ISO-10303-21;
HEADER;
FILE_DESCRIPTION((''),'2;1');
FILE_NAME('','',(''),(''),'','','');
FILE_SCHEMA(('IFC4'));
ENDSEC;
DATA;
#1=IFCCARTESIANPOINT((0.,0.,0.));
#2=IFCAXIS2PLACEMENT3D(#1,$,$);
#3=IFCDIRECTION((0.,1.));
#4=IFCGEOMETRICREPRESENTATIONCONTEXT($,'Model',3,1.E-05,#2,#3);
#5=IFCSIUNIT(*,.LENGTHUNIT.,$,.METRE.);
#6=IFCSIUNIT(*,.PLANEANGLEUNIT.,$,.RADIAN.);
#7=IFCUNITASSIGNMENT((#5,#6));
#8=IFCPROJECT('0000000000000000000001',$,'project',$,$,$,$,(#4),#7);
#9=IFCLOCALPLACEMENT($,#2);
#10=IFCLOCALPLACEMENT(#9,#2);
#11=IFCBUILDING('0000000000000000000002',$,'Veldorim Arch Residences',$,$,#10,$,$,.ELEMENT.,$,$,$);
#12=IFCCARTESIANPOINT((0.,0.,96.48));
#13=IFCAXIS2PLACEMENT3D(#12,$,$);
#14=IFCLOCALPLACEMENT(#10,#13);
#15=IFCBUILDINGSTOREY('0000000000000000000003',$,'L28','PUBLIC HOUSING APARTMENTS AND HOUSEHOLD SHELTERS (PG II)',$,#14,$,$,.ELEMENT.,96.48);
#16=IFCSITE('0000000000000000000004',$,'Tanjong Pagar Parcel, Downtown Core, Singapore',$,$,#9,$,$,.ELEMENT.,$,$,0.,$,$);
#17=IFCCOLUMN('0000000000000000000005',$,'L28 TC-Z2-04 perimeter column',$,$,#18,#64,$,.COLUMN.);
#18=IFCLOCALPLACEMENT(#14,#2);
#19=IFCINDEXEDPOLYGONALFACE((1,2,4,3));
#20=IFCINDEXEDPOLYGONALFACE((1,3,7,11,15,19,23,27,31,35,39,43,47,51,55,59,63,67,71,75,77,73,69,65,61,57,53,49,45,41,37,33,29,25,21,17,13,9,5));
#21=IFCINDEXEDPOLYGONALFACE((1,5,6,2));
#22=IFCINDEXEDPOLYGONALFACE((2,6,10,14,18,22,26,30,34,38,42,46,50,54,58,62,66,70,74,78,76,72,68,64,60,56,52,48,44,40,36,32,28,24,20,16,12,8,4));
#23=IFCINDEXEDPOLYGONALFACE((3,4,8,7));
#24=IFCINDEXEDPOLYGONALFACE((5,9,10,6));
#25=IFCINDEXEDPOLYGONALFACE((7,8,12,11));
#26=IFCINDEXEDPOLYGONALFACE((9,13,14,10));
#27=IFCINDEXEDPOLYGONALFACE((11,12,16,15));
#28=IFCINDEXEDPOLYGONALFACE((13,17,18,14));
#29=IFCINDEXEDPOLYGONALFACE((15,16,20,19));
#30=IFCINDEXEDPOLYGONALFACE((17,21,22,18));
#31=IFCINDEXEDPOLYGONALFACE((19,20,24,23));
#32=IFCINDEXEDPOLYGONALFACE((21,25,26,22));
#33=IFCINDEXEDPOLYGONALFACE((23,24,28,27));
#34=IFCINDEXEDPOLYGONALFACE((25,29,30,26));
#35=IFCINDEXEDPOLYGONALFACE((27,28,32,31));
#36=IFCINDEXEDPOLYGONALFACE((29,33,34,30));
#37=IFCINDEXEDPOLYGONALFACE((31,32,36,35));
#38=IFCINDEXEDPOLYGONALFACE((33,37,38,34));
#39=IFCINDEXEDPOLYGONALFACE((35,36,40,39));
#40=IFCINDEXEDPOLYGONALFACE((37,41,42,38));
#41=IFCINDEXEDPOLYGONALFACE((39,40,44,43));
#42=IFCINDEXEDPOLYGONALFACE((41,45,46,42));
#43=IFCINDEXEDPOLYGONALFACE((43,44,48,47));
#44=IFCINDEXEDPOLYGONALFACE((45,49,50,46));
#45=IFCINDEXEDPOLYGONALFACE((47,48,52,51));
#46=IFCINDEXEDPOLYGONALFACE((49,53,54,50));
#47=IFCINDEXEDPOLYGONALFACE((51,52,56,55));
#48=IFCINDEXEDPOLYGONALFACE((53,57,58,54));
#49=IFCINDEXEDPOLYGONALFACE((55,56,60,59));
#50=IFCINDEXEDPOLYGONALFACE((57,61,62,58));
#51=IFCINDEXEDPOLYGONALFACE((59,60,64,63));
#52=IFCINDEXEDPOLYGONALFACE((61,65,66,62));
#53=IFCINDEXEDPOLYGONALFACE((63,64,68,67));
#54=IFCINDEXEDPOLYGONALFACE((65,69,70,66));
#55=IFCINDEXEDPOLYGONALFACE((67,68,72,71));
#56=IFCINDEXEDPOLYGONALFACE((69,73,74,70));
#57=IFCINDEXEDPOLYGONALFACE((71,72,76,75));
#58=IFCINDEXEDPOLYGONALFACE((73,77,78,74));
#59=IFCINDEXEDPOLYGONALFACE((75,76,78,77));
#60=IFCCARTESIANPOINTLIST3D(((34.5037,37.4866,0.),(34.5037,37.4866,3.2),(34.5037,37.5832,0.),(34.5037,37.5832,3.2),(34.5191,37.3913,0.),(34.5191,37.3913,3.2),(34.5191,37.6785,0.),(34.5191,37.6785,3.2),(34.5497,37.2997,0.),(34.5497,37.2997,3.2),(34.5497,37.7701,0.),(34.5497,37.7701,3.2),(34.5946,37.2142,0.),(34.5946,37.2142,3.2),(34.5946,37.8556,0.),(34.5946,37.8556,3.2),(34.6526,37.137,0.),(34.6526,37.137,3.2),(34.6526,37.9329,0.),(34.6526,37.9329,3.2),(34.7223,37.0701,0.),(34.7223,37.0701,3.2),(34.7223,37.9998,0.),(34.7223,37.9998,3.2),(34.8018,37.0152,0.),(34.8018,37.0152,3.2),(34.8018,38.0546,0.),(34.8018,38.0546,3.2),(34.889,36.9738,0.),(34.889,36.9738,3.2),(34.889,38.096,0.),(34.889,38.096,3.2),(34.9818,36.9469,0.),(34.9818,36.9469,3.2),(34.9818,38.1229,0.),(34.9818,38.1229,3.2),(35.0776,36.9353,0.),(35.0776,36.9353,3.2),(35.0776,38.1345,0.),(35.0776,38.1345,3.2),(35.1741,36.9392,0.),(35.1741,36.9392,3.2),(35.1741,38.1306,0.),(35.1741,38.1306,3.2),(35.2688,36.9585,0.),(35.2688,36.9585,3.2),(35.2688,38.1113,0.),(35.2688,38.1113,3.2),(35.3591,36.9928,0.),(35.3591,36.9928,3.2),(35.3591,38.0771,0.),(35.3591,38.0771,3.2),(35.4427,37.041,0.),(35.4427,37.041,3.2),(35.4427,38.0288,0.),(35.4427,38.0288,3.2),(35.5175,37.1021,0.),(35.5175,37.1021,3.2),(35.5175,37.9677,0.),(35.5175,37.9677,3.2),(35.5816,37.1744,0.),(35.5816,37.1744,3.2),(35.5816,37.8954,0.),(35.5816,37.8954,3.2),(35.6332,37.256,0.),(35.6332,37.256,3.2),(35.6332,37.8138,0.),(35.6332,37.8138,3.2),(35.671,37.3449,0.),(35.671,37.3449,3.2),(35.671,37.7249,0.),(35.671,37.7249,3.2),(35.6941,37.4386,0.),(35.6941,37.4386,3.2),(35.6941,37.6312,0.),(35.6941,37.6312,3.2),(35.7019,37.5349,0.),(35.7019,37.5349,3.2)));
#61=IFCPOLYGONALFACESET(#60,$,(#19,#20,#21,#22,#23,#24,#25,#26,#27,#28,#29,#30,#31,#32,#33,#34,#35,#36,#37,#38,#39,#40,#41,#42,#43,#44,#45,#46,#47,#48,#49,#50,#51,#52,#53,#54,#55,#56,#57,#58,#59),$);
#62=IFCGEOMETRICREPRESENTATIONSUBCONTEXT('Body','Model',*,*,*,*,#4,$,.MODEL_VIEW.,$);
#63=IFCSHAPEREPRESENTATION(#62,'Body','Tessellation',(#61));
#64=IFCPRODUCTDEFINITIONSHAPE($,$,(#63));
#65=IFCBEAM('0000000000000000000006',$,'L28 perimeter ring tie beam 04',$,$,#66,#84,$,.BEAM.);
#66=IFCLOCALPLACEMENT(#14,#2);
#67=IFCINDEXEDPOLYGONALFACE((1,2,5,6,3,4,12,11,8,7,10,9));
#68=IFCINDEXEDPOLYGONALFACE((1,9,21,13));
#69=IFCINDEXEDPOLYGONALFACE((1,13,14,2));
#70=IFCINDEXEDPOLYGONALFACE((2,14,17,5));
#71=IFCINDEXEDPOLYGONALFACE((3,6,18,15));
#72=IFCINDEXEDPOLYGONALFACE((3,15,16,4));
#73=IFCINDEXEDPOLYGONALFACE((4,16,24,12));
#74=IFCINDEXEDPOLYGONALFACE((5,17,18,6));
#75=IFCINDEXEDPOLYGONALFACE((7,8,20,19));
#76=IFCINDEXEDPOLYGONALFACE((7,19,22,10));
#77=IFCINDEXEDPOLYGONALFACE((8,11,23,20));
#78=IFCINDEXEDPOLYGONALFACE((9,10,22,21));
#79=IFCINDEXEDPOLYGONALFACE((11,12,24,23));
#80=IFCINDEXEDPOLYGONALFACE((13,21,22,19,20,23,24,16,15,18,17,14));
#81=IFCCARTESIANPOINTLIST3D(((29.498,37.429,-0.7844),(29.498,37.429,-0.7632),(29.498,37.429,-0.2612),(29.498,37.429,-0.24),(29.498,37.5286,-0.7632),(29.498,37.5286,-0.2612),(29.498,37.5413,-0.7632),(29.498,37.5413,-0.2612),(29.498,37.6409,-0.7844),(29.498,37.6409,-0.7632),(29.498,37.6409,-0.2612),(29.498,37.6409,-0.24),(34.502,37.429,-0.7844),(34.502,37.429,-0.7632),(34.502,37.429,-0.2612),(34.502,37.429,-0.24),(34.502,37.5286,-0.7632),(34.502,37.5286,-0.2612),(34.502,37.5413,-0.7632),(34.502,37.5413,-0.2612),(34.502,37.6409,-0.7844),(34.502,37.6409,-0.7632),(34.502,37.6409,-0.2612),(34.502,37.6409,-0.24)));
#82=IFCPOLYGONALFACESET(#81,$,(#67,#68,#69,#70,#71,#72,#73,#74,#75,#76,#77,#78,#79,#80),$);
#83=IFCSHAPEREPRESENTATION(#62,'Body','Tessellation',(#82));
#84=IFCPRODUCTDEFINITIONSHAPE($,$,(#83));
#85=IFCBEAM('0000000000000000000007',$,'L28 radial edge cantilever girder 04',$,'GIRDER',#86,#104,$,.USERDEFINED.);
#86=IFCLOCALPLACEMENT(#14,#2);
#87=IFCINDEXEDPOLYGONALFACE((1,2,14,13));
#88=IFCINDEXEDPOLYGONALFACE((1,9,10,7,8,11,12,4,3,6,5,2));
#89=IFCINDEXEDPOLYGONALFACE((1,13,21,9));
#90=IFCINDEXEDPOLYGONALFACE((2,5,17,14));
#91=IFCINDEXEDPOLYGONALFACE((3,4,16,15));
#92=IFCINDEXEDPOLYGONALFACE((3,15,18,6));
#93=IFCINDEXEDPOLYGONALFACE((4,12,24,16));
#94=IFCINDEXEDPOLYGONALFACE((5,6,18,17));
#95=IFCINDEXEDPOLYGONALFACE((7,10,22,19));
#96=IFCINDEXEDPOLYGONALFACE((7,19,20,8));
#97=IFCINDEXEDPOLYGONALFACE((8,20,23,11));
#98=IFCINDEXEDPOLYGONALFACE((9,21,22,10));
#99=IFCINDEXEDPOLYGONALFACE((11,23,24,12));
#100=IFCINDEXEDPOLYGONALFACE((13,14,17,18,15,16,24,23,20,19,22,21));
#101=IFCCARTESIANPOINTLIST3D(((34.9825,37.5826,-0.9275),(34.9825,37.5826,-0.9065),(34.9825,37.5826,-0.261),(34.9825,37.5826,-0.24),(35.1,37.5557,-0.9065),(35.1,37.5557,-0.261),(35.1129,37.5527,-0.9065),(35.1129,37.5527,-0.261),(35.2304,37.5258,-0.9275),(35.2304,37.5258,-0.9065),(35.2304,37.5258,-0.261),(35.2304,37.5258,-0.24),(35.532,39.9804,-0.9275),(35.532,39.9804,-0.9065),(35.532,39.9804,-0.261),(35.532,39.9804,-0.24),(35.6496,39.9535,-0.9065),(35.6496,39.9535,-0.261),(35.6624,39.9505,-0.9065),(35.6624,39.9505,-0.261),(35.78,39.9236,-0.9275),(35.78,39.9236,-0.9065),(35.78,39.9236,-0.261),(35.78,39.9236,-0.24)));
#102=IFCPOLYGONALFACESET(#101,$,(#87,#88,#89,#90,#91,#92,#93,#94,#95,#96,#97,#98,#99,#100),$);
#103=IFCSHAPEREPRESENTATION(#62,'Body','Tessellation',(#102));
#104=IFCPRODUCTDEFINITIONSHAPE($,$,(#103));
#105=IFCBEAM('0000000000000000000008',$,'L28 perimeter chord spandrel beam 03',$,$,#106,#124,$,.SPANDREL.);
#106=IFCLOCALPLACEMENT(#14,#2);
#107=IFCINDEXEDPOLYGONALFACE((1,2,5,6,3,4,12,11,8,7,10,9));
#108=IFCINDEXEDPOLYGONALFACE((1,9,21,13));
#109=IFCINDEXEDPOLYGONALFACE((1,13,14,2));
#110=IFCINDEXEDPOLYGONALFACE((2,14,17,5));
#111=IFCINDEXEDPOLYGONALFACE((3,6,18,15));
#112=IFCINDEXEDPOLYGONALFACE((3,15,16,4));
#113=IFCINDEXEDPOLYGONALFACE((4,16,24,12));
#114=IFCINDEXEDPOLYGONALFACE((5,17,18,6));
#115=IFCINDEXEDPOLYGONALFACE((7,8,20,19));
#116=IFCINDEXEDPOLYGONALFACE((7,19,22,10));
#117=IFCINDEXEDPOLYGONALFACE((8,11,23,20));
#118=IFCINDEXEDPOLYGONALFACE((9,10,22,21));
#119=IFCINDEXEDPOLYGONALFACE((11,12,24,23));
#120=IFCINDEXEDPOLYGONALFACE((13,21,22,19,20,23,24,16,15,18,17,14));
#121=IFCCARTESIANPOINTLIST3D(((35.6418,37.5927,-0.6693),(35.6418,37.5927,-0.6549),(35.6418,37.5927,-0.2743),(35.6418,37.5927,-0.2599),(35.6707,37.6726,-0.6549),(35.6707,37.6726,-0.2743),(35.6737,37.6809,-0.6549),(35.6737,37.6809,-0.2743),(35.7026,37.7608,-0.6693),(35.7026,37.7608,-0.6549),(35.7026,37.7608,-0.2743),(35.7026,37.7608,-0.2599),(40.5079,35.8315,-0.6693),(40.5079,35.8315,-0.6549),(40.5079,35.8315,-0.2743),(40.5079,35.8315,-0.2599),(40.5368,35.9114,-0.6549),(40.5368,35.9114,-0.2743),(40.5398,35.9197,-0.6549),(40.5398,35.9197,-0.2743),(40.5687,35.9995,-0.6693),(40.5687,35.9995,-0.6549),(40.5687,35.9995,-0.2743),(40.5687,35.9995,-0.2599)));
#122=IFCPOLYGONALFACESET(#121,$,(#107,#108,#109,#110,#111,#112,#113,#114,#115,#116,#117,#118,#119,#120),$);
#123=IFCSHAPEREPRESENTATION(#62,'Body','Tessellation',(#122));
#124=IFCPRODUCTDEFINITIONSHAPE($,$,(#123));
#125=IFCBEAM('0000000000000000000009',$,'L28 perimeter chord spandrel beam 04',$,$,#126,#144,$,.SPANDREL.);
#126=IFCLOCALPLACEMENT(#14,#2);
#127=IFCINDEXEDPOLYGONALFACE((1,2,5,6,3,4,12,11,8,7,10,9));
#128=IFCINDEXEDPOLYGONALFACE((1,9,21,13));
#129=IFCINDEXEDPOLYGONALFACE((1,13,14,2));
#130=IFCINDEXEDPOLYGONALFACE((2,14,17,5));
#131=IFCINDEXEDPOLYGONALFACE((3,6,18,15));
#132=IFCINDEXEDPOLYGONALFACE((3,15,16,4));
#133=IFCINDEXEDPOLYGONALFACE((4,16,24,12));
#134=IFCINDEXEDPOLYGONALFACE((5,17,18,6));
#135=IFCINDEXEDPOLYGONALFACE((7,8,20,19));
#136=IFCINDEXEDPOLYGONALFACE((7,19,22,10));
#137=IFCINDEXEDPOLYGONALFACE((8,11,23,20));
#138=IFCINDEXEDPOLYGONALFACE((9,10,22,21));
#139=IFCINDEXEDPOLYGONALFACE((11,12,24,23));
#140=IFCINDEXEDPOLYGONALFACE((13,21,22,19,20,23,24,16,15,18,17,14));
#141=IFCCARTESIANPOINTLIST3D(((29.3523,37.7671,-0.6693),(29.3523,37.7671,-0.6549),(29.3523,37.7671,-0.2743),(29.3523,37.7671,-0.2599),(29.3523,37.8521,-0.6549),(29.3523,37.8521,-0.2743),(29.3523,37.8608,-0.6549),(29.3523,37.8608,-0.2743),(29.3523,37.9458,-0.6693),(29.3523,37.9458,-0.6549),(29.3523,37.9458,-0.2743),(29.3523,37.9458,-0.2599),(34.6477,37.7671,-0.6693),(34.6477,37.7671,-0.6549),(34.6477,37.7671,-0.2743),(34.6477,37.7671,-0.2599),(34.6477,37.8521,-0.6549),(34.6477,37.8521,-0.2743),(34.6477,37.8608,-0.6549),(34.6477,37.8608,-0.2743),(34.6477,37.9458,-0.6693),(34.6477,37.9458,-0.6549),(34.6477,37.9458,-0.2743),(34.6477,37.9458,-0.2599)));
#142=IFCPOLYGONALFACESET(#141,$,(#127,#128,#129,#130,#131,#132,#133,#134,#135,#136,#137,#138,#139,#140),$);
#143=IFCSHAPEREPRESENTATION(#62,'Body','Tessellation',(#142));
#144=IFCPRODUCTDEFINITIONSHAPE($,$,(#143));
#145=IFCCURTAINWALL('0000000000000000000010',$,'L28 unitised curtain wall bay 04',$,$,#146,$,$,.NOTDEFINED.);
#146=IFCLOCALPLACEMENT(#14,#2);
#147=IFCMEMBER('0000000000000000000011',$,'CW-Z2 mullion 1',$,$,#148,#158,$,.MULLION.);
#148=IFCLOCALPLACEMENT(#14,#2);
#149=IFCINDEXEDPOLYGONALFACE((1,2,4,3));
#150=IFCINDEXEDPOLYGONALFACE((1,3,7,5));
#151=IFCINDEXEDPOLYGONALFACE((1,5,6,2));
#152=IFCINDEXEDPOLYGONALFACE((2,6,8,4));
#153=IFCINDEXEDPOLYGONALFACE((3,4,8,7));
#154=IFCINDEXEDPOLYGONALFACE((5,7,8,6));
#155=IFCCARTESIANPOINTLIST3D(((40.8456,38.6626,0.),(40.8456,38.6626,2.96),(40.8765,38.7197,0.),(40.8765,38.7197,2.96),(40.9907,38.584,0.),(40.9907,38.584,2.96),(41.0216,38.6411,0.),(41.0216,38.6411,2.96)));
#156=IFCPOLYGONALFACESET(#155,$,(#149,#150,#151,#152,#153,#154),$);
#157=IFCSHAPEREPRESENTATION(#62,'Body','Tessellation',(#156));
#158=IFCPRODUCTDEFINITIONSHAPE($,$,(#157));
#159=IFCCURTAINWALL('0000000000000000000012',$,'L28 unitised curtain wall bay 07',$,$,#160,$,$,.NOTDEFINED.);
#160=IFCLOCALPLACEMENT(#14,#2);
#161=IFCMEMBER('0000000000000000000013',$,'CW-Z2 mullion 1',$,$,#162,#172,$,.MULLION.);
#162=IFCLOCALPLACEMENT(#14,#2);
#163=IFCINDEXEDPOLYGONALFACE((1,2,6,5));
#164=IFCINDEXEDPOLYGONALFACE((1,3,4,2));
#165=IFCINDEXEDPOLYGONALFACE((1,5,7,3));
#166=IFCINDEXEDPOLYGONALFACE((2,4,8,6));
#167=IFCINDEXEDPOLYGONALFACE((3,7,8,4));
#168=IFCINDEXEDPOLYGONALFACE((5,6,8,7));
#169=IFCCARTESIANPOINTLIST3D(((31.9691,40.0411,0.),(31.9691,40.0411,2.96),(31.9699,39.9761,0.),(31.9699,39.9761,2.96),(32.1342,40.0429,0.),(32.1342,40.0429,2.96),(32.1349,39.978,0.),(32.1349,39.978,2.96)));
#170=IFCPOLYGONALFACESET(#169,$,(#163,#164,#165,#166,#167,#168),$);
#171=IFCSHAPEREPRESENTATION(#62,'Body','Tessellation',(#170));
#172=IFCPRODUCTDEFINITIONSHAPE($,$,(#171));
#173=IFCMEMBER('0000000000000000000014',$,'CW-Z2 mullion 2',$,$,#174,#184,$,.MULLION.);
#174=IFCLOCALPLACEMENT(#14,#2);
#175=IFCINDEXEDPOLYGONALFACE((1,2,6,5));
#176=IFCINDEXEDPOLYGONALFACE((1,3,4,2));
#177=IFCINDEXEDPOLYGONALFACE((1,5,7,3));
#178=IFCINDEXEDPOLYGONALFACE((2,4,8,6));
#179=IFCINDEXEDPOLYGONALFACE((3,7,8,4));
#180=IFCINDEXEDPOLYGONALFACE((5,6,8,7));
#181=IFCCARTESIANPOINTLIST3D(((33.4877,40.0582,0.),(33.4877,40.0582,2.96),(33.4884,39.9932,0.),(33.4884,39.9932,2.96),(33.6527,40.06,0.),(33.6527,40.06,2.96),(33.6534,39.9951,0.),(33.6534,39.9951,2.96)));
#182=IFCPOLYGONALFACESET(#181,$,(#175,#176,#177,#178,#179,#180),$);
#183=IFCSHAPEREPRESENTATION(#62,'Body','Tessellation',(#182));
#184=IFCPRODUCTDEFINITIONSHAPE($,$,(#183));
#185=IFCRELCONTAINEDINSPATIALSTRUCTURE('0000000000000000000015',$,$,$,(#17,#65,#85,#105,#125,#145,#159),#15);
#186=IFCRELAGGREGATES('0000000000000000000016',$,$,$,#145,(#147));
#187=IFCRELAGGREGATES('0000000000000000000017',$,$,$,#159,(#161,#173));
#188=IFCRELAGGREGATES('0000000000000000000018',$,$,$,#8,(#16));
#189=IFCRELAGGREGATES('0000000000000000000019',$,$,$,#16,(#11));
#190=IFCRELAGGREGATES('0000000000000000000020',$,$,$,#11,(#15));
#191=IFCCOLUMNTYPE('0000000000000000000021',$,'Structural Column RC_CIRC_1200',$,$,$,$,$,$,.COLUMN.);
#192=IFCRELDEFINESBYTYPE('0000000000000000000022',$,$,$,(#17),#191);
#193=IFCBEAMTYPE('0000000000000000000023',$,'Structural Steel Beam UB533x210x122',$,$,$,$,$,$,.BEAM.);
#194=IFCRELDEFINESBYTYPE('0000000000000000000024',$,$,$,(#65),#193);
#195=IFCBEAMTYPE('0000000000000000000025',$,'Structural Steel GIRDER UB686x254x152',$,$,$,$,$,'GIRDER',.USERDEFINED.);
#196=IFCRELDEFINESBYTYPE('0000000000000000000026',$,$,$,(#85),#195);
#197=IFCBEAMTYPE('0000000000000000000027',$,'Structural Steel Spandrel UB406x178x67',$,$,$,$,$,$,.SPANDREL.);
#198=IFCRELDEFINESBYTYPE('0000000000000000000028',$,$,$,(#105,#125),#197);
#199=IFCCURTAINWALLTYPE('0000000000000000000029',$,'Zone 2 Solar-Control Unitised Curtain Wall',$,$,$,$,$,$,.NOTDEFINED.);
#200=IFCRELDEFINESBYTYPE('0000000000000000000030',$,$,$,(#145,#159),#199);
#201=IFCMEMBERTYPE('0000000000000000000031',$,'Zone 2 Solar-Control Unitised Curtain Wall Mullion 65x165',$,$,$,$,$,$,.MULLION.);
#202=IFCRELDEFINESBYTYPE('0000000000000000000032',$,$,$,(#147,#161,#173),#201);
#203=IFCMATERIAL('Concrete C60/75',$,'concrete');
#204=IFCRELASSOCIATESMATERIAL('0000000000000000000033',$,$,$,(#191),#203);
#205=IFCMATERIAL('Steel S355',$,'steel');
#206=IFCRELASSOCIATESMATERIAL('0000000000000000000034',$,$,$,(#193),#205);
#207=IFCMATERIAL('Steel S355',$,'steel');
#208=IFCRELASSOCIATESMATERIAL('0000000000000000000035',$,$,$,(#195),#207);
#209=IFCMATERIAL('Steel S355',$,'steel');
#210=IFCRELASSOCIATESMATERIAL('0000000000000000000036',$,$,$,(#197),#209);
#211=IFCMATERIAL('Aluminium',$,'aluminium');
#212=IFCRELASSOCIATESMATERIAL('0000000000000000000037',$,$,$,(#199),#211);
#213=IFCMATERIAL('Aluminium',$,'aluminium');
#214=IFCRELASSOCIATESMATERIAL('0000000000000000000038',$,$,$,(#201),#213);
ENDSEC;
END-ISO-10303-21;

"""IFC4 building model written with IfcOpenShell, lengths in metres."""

from ifc_helpers import new_model, si_unit, direction, frame, origin, origin_2d, place, context, subcontext, project, spatial, rectangle, circle, i_section, extrude, material, material_profile, profile_set, type_object, element, aggregate, save


model = new_model("IFC4")

# Units and contexts
model_context = context("Model", 3, precision=1e-05, world=origin(), true_north=direction((0.0, 1.0)))
body_context = subcontext(model_context, "Body", "Model", "MODEL_VIEW")
ifc_project = project(units=[si_unit("LENGTHUNIT", "METRE"), si_unit("PLANEANGLEUNIT", "RADIAN")], contexts=[model_context])

# Site, building, storey
site_placement = place(None, origin())
site = spatial("IfcSite", under=ifc_project, at=site_placement, Name="Tanjong Pagar Parcel, Downtown Core, Singapore", CompositionType="ELEMENT", RefElevation=0.0)
building_placement = place(site_placement, origin())
building = spatial("IfcBuilding", under=site, at=building_placement, Name="Veldorim Arch Residences", CompositionType="ELEMENT")
storey_placement = place(building_placement, frame((0.0, 0.0, 96.48)))
storey = spatial("IfcBuildingStorey", under=building, at=storey_placement, Name="L28", Description="PUBLIC HOUSING APARTMENTS AND HOUSEHOLD SHELTERS (PG II)", CompositionType="ELEMENT", Elevation=96.48)

# Column
ifc_material_1 = material(Name="Concrete C60/75", Category="concrete")
ifc_material_profile_1 = material_profile(ifc_material_1, circle(Radius=0.6001, at=origin_2d()), Name="RC_CIRC_1200")
ifc_profile_set_1 = profile_set([ifc_material_profile_1], Name="Concrete C60/75")
column_type = type_object("IfcColumnType", Name="Structural Column RC_CIRC_1200", PredefinedType="COLUMN", material=ifc_profile_set_1)
column_placement = place(storey_placement, frame((35.1018, 37.5349, 0.0), z_axis=(0.0, 0.0, 1.0), x_axis=(1.0, 0.0, 0.0)))
element("IfcColumn", 1, at=column_placement, inside=storey, type_object=column_type, Name="L28 TC-Z2-04 perimeter column", PredefinedType="COLUMN", context=body_context, shape_type="SweptSolid", body=[
    extrude(circle(Radius=0.6001, at=origin_2d()), origin(), (0.0, 0.0, 1.0), 3.2),
])

# Beams
ifc_material_2 = material(Name="Steel S355", Category="steel")
ifc_material_profile_2 = material_profile(ifc_material_2, i_section(OverallWidth=0.2119, OverallDepth=0.5444, WebThickness=0.0127, FlangeThickness=0.0212, at=origin_2d()), Name="UB533x210x122")
ifc_profile_set_2 = profile_set([ifc_material_profile_2], Name="Steel S355")
beam_type_1 = type_object("IfcBeamType", Name="Structural Steel Beam UB533x210x122", PredefinedType="BEAM", material=ifc_profile_set_2)
beam_1_placement = place(storey_placement, frame((34.502, 37.5349, -0.5122), z_axis=(-1.0, 0.0, 0.0), x_axis=(0.0, -1.0, 0.0)))
element("IfcBeam", 2, at=beam_1_placement, inside=storey, type_object=beam_type_1, Name="L28 perimeter ring tie beam 04", PredefinedType="BEAM", context=body_context, shape_type="SweptSolid", body=[
    extrude(i_section(OverallWidth=0.2119, OverallDepth=0.5444, WebThickness=0.0127, FlangeThickness=0.0212, at=origin_2d()), origin(), (0.0, 0.0, 1.0), 5.0039),
])
ifc_material_3 = material(Name="Steel S355", Category="steel")
ifc_material_profile_3 = material_profile(ifc_material_3, i_section(OverallWidth=0.2544, OverallDepth=0.6875, WebThickness=0.0132, FlangeThickness=0.021, at=origin_2d()), Name="UB686x254x152")
ifc_profile_set_3 = profile_set([ifc_material_profile_3], Name="Steel S355")
beam_type_2 = type_object("IfcBeamType", Name="Structural Steel GIRDER UB686x254x152", ElementType="GIRDER", PredefinedType="USERDEFINED", material=ifc_profile_set_3)
beam_2_placement = place(storey_placement, frame((35.1064, 37.5542, -0.5837), z_axis=(0.22341, 0.974725, 0.0), x_axis=(-0.974725, 0.22341, 0.0)))
element("IfcBeam", 3, at=beam_2_placement, inside=storey, type_object=beam_type_2, Name="L28 radial edge cantilever girder 04", ObjectType="GIRDER", PredefinedType="USERDEFINED", context=body_context, shape_type="SweptSolid", body=[
    extrude(i_section(OverallWidth=0.2544, OverallDepth=0.6875, WebThickness=0.0132, FlangeThickness=0.021, at=origin_2d()), origin(), (0.0, 0.0, 1.0), 2.46),
])
ifc_material_4 = material(Name="Steel S355", Category="steel")
ifc_material_profile_4 = material_profile(ifc_material_4, i_section(OverallWidth=0.1787, OverallDepth=0.4094, WebThickness=0.0088, FlangeThickness=0.0144, at=origin_2d()), Name="UB406x178x67")
ifc_profile_set_4 = profile_set([ifc_material_profile_4], Name="Steel S355")
beam_type_3 = type_object("IfcBeamType", Name="Structural Steel Spandrel UB406x178x67", PredefinedType="SPANDREL", material=ifc_profile_set_4)
beam_3_placement = place(storey_placement, frame((40.5383, 35.9155, -0.4646), z_axis=(-0.940308, 0.340326, 0.0), x_axis=(-0.340326, -0.940308, 0.0)))
element("IfcBeam", 4, at=beam_3_placement, inside=storey, type_object=beam_type_3, Name="L28 perimeter chord spandrel beam 03", PredefinedType="SPANDREL", context=body_context, shape_type="SweptSolid", body=[
    extrude(i_section(OverallWidth=0.1787, OverallDepth=0.4094, WebThickness=0.0088, FlangeThickness=0.0144, at=origin_2d()), origin(), (0.0, 0.0, 1.0), 5.175),
])
beam_4_placement = place(storey_placement, frame((34.6477, 37.8564, -0.4646), z_axis=(-1.0, 0.0, 0.0), x_axis=(0.0, -1.0, 0.0)))
element("IfcBeam", 5, at=beam_4_placement, inside=storey, type_object=beam_type_3, Name="L28 perimeter chord spandrel beam 04", PredefinedType="SPANDREL", context=body_context, shape_type="SweptSolid", body=[
    extrude(i_section(OverallWidth=0.1787, OverallDepth=0.4094, WebThickness=0.0088, FlangeThickness=0.0144, at=origin_2d()), origin(), (0.0, 0.0, 1.0), 5.2954),
])

# Curtain wall, member
ifc_material_5 = material(Name="Aluminium", Category="aluminium")
curtain_wall_type = type_object("IfcCurtainWallType", Name="Zone 2 Solar-Control Unitised Curtain Wall", PredefinedType="NOTDEFINED", material=ifc_material_5)
curtain_wall_1_placement = place(storey_placement, origin())
curtain_wall_1 = element("IfcCurtainWall", 6, at=curtain_wall_1_placement, inside=storey, type_object=curtain_wall_type, Name="L28 unitised curtain wall bay 04", PredefinedType="NOTDEFINED")
ifc_material_6 = material(Name="Aluminium", Category="aluminium")
ifc_material_profile_5 = material_profile(ifc_material_6, rectangle(XDim=0.0649, YDim=0.165, at=origin_2d()), Name="ALU_MUL_65x165")
ifc_profile_set_5 = profile_set([ifc_material_profile_5], Name="Aluminium")
member_type_1 = type_object("IfcMemberType", Name="Zone 2 Solar-Control Unitised Curtain Wall Mullion 65x165", PredefinedType="MULLION", material=ifc_profile_set_5)
member_1_placement = place(storey_placement, frame((40.9336, 38.6519, 0.0), z_axis=(0.0, 0.0, 1.0), x_axis=(0.476096, 0.879393, 0.0)))
member_1 = element("IfcMember", 7, at=member_1_placement, type_object=member_type_1, Name="CW-Z2 mullion 1", PredefinedType="MULLION", context=body_context, shape_type="SweptSolid", body=[
    extrude(rectangle(XDim=0.0649, YDim=0.165, at=origin_2d()), origin(), (0.0, 0.0, 1.0), 2.96),
])
aggregate(curtain_wall_1, [member_1])

# Curtain wall, members
curtain_wall_2_placement = place(storey_placement, origin())
curtain_wall_2 = element("IfcCurtainWall", 8, at=curtain_wall_2_placement, inside=storey, type_object=curtain_wall_type, Name="L28 unitised curtain wall bay 07", PredefinedType="NOTDEFINED")
member_2_placement = place(storey_placement, frame((32.052, 40.0095, 0.0), z_axis=(0.0, 0.0, 1.0), x_axis=(-0.011187, 0.999937, 0.0)))
member_2 = element("IfcMember", 9, at=member_2_placement, type_object=member_type_1, Name="CW-Z2 mullion 1", PredefinedType="MULLION", context=body_context, shape_type="SweptSolid", body=[
    extrude(rectangle(XDim=0.0649, YDim=0.165, at=origin_2d()), origin(), (0.0, 0.0, 1.0), 2.96),
])
member_3_placement = place(storey_placement, frame((33.5706, 40.0266, 0.0), z_axis=(0.0, 0.0, 1.0), x_axis=(-0.011187, 0.999937, 0.0)))
member_3 = element("IfcMember", 10, at=member_3_placement, type_object=member_type_1, Name="CW-Z2 mullion 2", PredefinedType="MULLION", context=body_context, shape_type="SweptSolid", body=[
    extrude(rectangle(XDim=0.0649, YDim=0.165, at=origin_2d()), origin(), (0.0, 0.0, 1.0), 2.96),
])
aggregate(curtain_wall_2, [member_2, member_3])

save(model, "model.ifc")
